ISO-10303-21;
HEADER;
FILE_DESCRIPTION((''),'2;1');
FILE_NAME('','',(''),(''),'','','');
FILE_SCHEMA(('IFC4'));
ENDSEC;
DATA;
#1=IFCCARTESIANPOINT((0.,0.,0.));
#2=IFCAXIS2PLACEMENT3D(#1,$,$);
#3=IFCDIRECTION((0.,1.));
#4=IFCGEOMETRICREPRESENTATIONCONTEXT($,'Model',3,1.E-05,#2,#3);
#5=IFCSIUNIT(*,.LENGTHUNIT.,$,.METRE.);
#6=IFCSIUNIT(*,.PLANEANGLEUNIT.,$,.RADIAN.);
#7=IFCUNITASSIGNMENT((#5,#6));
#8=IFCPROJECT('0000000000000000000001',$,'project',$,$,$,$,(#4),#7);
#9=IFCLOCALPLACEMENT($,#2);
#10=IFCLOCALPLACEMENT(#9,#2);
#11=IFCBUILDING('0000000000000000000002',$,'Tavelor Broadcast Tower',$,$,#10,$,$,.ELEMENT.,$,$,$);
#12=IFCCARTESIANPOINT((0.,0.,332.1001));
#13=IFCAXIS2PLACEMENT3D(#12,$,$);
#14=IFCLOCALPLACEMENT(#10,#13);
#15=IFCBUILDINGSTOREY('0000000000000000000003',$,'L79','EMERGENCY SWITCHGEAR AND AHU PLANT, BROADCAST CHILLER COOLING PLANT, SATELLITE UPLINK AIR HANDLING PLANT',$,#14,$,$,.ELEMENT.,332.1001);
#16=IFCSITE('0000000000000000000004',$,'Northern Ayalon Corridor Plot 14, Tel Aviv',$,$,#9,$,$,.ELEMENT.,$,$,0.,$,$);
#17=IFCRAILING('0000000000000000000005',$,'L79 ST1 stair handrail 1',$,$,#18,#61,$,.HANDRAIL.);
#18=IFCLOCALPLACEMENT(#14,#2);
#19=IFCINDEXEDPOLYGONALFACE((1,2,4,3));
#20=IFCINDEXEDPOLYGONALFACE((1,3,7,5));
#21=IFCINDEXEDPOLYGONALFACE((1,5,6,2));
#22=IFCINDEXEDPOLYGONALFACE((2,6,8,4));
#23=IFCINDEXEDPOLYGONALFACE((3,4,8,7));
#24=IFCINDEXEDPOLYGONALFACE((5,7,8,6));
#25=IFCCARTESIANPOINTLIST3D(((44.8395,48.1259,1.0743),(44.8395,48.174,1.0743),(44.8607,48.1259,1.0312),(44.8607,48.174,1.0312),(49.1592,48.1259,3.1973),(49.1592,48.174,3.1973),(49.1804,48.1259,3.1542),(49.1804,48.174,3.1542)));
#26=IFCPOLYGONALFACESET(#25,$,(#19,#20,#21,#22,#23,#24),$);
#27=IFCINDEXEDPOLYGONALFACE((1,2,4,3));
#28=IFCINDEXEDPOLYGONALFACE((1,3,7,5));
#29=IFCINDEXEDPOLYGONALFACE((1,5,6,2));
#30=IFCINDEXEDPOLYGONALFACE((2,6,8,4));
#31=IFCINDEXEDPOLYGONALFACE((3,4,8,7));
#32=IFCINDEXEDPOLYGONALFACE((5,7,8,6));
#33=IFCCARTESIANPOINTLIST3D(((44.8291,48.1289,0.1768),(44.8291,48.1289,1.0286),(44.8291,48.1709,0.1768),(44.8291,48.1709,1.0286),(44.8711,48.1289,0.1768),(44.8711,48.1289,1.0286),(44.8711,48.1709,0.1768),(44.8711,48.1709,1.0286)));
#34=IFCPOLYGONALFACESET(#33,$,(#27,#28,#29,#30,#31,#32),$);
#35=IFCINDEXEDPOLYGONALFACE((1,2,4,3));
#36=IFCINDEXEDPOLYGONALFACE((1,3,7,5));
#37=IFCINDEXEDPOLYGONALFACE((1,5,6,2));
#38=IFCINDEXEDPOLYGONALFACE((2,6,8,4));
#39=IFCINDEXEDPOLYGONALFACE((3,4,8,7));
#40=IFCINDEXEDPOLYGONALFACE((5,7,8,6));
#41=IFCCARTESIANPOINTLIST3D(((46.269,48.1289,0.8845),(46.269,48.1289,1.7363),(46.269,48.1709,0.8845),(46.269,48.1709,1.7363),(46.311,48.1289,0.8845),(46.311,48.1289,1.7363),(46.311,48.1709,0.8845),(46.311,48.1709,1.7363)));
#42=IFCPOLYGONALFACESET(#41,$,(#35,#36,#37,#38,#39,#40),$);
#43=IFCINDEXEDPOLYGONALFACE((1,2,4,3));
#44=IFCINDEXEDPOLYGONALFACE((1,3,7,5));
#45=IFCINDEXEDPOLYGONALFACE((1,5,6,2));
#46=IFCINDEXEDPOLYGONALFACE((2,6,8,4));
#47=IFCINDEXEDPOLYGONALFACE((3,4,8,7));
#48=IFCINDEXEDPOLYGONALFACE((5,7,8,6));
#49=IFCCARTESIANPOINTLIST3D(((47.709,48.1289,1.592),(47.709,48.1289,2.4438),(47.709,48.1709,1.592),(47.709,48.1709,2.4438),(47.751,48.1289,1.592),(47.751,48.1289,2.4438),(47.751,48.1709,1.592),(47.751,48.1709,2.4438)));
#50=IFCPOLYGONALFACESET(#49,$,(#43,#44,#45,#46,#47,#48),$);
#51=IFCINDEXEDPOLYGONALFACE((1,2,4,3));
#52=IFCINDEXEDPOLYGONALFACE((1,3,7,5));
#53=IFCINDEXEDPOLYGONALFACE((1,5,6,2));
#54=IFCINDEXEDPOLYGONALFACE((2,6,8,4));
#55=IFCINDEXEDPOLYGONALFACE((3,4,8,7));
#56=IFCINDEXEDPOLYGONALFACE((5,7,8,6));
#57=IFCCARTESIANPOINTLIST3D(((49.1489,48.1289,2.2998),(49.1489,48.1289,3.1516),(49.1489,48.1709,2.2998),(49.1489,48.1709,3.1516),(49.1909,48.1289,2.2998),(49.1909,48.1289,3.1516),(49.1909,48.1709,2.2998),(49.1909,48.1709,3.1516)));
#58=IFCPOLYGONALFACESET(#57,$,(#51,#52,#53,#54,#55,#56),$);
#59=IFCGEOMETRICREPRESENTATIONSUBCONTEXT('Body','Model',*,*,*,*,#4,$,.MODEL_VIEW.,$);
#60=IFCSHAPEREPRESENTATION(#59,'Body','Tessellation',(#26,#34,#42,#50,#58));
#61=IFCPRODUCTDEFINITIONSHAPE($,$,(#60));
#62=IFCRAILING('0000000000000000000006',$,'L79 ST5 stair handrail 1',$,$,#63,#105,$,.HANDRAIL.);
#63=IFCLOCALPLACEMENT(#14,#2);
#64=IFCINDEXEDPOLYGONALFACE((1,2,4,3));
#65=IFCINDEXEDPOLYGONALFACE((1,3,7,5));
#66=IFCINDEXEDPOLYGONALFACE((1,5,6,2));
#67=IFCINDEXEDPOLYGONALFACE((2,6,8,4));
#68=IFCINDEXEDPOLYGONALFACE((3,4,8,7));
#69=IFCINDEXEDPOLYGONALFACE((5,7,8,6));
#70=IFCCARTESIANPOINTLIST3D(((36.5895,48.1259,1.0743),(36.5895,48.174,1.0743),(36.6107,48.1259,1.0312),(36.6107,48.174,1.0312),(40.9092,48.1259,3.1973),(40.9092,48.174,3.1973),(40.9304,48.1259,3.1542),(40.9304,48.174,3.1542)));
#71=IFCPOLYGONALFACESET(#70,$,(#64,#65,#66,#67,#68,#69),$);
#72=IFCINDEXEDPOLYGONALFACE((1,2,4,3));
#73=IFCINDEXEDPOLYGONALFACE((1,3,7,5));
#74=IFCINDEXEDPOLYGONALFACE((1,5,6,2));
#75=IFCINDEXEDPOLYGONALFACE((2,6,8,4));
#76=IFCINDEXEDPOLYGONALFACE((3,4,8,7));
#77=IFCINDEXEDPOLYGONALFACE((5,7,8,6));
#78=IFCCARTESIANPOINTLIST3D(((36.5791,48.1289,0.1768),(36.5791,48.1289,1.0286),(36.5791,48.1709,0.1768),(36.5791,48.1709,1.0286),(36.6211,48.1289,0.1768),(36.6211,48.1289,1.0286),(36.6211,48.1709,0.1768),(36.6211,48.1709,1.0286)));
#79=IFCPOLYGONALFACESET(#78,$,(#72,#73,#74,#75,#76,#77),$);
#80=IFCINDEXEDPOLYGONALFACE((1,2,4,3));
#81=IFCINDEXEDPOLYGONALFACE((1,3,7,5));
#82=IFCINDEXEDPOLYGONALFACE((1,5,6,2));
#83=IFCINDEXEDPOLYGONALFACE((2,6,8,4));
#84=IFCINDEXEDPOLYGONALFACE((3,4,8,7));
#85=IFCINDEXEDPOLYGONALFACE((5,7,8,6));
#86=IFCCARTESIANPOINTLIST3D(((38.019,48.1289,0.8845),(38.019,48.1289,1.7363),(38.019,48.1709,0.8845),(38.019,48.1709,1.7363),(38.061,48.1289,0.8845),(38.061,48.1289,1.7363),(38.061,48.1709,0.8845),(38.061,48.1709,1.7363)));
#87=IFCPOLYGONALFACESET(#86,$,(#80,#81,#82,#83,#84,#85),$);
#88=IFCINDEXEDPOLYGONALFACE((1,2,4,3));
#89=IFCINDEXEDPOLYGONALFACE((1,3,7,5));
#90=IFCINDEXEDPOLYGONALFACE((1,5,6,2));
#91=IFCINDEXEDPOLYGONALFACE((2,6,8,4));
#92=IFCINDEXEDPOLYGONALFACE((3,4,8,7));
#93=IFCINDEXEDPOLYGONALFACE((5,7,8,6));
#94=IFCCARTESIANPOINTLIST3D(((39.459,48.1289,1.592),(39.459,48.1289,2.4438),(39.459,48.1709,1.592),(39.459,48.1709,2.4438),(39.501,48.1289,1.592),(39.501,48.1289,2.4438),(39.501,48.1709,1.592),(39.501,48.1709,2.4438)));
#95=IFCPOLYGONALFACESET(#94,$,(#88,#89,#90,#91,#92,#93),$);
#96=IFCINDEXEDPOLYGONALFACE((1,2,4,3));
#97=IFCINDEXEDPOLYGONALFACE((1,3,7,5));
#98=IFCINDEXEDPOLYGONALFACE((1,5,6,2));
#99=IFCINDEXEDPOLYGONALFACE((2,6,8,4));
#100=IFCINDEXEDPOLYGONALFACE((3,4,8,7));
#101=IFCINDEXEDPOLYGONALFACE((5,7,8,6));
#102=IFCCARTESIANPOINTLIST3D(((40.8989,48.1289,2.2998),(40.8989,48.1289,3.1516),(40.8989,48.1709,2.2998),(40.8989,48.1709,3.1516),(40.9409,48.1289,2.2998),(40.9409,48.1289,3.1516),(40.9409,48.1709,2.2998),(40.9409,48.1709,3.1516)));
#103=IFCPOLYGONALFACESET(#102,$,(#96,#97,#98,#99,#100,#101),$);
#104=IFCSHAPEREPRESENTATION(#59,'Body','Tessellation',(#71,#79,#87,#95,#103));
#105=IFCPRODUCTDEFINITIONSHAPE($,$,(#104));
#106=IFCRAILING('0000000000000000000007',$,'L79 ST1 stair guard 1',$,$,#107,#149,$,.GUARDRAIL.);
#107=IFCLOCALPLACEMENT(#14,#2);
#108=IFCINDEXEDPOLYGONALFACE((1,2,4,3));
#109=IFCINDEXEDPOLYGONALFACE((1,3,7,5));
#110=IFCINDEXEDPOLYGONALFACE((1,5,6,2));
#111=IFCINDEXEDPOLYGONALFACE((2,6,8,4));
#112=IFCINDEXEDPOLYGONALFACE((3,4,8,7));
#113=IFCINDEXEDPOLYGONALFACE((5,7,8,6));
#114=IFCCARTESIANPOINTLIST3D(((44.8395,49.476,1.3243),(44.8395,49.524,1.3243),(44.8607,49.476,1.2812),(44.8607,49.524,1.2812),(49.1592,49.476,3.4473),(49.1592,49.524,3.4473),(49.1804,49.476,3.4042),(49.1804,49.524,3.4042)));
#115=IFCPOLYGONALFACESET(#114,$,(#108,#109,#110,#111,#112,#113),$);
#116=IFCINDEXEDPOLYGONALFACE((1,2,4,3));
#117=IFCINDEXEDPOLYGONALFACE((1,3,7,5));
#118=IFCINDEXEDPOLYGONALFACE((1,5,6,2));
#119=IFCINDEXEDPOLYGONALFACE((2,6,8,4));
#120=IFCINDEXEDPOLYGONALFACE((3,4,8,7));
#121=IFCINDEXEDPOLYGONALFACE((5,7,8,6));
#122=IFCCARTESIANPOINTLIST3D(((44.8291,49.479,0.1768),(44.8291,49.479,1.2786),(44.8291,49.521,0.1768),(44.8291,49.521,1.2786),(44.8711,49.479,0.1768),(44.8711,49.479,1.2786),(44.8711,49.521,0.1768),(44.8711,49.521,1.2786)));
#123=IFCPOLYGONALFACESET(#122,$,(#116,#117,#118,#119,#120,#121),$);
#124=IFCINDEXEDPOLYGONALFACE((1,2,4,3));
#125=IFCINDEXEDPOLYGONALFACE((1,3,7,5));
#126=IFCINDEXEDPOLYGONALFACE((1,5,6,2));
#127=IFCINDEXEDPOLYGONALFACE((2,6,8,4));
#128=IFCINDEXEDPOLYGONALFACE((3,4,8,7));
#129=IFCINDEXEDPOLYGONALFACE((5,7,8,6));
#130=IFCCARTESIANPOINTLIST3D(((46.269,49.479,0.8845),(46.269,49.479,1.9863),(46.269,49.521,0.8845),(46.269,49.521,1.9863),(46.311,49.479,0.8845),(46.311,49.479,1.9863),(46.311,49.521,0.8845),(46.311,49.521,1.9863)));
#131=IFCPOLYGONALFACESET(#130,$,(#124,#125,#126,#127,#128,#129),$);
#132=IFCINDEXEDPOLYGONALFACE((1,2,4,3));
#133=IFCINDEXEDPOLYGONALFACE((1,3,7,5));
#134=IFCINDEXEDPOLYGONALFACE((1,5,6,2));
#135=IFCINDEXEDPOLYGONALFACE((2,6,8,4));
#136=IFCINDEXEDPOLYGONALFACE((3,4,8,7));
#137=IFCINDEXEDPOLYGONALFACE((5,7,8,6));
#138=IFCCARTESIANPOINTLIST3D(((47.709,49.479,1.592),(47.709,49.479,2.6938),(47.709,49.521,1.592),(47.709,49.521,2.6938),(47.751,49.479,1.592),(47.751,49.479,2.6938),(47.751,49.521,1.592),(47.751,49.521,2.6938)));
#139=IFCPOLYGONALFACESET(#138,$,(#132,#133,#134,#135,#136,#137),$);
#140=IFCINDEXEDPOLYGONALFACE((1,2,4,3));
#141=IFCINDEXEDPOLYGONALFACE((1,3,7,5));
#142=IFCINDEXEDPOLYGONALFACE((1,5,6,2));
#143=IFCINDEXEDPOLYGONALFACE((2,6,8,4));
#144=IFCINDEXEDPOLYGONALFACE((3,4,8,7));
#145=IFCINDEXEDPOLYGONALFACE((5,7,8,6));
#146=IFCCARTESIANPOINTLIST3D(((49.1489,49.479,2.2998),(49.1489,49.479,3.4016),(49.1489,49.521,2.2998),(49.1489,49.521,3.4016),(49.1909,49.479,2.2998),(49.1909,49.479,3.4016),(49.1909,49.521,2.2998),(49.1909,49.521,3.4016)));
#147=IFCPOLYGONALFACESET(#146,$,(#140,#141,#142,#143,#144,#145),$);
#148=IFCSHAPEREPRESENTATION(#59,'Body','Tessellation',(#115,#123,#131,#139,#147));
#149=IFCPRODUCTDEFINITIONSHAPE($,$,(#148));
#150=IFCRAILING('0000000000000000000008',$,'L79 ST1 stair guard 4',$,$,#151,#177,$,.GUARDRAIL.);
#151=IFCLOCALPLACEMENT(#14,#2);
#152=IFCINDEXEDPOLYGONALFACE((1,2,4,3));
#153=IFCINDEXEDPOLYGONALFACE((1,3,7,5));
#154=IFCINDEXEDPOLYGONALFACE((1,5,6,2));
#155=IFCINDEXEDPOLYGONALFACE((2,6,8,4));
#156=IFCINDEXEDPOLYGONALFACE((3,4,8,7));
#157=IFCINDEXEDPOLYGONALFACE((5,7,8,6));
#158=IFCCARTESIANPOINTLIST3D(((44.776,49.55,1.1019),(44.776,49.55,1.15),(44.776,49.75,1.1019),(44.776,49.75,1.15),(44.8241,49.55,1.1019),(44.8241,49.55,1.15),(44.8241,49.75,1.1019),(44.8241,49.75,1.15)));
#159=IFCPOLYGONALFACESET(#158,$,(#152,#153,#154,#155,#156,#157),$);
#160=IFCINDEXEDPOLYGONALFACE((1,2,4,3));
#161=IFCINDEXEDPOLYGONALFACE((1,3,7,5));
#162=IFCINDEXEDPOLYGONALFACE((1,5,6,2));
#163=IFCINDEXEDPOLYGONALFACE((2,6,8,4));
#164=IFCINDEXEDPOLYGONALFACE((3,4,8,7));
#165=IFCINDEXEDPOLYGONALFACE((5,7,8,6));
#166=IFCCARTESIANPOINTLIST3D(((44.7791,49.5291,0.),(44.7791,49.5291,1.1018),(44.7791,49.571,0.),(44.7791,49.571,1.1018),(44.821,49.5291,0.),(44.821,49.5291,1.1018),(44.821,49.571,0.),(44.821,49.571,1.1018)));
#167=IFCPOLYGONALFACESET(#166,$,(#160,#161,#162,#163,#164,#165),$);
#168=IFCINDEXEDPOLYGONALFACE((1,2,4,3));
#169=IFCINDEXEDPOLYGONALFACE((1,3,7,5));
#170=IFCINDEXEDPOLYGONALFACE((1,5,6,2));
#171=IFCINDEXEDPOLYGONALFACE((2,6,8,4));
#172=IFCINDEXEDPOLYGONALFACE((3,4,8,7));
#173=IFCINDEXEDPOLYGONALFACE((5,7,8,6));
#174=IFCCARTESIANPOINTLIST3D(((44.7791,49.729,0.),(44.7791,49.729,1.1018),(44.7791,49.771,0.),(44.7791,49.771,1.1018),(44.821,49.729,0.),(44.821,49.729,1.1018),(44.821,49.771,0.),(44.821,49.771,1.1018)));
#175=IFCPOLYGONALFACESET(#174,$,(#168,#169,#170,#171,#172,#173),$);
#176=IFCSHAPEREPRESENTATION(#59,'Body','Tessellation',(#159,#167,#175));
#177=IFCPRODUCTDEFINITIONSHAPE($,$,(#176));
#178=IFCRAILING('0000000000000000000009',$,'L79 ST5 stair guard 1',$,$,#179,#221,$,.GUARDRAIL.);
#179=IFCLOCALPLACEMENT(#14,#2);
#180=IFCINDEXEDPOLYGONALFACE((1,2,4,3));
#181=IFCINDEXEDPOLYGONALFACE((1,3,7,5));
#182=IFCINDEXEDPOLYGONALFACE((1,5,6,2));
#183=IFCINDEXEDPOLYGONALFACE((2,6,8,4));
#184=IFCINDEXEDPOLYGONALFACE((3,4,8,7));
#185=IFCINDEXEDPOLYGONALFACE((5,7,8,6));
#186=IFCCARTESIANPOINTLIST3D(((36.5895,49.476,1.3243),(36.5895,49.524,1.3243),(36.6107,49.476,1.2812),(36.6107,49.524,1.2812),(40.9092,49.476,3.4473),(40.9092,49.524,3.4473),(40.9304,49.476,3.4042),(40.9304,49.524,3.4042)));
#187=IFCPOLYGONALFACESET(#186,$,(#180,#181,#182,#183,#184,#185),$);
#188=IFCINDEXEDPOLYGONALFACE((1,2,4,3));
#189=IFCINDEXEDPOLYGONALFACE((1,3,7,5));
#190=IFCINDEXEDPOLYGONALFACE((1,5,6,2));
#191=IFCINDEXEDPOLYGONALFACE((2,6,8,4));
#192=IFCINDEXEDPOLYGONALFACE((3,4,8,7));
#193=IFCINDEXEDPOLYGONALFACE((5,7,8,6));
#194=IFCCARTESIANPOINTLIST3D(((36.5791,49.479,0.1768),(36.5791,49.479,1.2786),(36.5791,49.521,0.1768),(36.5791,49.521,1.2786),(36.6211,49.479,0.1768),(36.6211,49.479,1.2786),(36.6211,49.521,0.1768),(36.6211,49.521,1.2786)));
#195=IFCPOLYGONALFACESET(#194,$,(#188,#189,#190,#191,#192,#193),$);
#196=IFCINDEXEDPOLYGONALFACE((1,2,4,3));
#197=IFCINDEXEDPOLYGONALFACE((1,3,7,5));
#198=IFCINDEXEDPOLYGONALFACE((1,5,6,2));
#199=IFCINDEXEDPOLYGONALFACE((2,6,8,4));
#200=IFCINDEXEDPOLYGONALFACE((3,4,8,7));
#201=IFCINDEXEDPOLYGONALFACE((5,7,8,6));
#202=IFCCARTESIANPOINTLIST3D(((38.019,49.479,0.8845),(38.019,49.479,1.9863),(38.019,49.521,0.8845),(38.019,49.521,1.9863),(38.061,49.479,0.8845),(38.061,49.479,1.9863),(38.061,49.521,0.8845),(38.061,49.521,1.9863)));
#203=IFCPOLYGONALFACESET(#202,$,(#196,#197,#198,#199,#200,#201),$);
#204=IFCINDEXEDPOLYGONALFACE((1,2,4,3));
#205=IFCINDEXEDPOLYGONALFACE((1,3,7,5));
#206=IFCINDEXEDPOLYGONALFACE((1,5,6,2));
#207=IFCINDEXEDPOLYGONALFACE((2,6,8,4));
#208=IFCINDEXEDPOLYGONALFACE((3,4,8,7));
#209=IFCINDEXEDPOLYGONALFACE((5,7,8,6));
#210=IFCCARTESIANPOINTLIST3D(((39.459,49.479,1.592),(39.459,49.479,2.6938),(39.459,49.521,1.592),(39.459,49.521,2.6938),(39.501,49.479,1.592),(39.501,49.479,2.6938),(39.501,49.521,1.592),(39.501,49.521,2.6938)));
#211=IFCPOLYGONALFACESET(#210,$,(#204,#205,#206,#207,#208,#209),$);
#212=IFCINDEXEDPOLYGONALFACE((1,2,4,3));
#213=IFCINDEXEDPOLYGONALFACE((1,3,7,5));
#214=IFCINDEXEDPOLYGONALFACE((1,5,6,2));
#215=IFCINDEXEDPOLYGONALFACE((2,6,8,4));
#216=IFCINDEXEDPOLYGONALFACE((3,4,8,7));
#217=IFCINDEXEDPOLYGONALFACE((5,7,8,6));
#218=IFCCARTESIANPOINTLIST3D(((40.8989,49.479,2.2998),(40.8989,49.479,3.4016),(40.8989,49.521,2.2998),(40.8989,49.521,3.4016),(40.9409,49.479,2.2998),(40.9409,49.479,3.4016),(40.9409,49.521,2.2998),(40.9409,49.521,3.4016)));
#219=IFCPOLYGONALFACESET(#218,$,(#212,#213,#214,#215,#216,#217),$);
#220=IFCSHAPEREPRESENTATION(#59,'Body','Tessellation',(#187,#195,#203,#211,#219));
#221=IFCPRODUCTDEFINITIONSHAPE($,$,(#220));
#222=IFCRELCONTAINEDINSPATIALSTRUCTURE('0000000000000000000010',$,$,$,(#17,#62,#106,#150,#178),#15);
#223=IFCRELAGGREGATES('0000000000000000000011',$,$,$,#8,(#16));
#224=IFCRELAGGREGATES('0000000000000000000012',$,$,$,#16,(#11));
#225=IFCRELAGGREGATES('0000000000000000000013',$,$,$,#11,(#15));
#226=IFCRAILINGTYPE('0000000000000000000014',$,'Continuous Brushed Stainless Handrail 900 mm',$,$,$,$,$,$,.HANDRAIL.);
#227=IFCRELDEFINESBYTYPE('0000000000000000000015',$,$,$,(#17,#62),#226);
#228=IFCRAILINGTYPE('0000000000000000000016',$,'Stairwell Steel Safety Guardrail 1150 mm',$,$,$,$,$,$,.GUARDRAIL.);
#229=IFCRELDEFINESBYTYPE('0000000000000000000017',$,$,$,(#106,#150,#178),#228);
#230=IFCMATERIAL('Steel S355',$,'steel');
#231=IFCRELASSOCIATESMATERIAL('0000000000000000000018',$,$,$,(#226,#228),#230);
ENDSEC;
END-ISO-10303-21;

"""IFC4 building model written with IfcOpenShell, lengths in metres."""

from ifc_helpers import new_model, si_unit, direction, frame, origin, origin_2d, place, context, subcontext, project, spatial, rectangle, extrude, material, type_object, element, save


model = new_model("IFC4")

# Units and contexts
model_context = context("Model", 3, precision=1e-05, world=origin(), true_north=direction((0.0, 1.0)))
body_context = subcontext(model_context, "Body", "Model", "MODEL_VIEW")
ifc_project = project(units=[si_unit("LENGTHUNIT", "METRE"), si_unit("PLANEANGLEUNIT", "RADIAN")], contexts=[model_context])

# Site, building, storey
site_placement = place(None, origin())
site = spatial("IfcSite", under=ifc_project, at=site_placement, Name="Northern Ayalon Corridor Plot 14, Tel Aviv", CompositionType="ELEMENT", RefElevation=0.0)
building_placement = place(site_placement, origin())
building = spatial("IfcBuilding", under=site, at=building_placement, Name="Tavelor Broadcast Tower", CompositionType="ELEMENT")
storey_placement = place(building_placement, frame((0.0, 0.0, 332.1001)))
storey = spatial("IfcBuildingStorey", under=building, at=storey_placement, Name="L79", Description="EMERGENCY SWITCHGEAR AND AHU PLANT, BROADCAST CHILLER COOLING PLANT, SATELLITE UPLINK AIR HANDLING PLANT", CompositionType="ELEMENT", Elevation=332.1001)

# Shared definitions
ifc_material_1 = material(Name="Steel S355", Category="steel")

# Railings
railing_type_1 = type_object("IfcRailingType", Name="Continuous Brushed Stainless Handrail 900 mm", PredefinedType="HANDRAIL", material=ifc_material_1)
for number, where, name in (
    (1, (44.8501, 48.1499, 0.1768), "L79 ST1 stair handrail 1"),
    (2, (36.6001, 48.1499, 0.1768), "L79 ST5 stair handrail 1"),
):
    element("IfcRailing", number, at=place(storey_placement, frame(where)), inside=storey, type_object=railing_type_1, Name=name, PredefinedType="HANDRAIL", context=body_context, shape_type="SweptSolid", body=[
        extrude(rectangle(XDim=0.0481, YDim=0.0481, at=origin_2d()), frame((0.0, 0.0, 0.876), z_axis=(0.89747, 0.0, 0.441076), x_axis=(0.0, 1.0, 0.0)), (0.0, 0.0, 1.0), 4.8132),
        extrude(rectangle(XDim=0.042, YDim=0.042, at=origin_2d()), origin(), (0.0, 0.0, 1.0), 0.8518),
        extrude(rectangle(XDim=0.042, YDim=0.042, at=origin_2d()), frame((1.4399, 0.0, 0.7078)), (0.0, 0.0, 1.0), 0.8518),
        extrude(rectangle(XDim=0.042, YDim=0.042, at=origin_2d()), frame((2.8799, 0.0, 1.4153)), (0.0, 0.0, 1.0), 0.8518),
        extrude(rectangle(XDim=0.042, YDim=0.042, at=origin_2d()), frame((4.3198, 0.0, 2.123)), (0.0, 0.0, 1.0), 0.8518),
    ])
railing_type_2 = type_object("IfcRailingType", Name="Stairwell Steel Safety Guardrail 1150 mm", PredefinedType="GUARDRAIL", material=ifc_material_1)
railing_1_placement = place(storey_placement, frame((44.8501, 49.5, 0.1768)))
element("IfcRailing", 3, at=railing_1_placement, inside=storey, type_object=railing_type_2, Name="L79 ST1 stair guard 1", PredefinedType="GUARDRAIL", context=body_context, shape_type="SweptSolid", body=[
    extrude(rectangle(XDim=0.0481, YDim=0.0481, at=origin_2d()), frame((0.0, 0.0, 1.126), z_axis=(0.89747, 0.0, 0.441076), x_axis=(0.0, 1.0, 0.0)), (0.0, 0.0, 1.0), 4.8132),
    extrude(rectangle(XDim=0.042, YDim=0.042, at=origin_2d()), origin(), (0.0, 0.0, 1.0), 1.1018),
    extrude(rectangle(XDim=0.042, YDim=0.042, at=origin_2d()), frame((1.4399, 0.0, 0.7078)), (0.0, 0.0, 1.0), 1.1018),
    extrude(rectangle(XDim=0.042, YDim=0.042, at=origin_2d()), frame((2.8799, 0.0, 1.4153)), (0.0, 0.0, 1.0), 1.1018),
    extrude(rectangle(XDim=0.042, YDim=0.042, at=origin_2d()), frame((4.3198, 0.0, 2.123)), (0.0, 0.0, 1.0), 1.1018),
])
railing_2_placement = place(storey_placement, frame((44.8, 49.55, 0.0)))
element("IfcRailing", 4, at=railing_2_placement, inside=storey, type_object=railing_type_2, Name="L79 ST1 stair guard 4", PredefinedType="GUARDRAIL", context=body_context, shape_type="SweptSolid", body=[
    extrude(rectangle(XDim=0.0481, YDim=0.0481, at=origin_2d()), frame((0.0, 0.0, 1.126), z_axis=(0.0, 1.0, 0.0), x_axis=(-1.0, 0.0, 0.0)), (0.0, 0.0, 1.0), 0.2),
    extrude(rectangle(XDim=0.042, YDim=0.042, at=origin_2d()), origin(), (0.0, 0.0, 1.0), 1.1018),
    extrude(rectangle(XDim=0.042, YDim=0.042, at=origin_2d()), frame((0.0, 0.2, 0.0)), (0.0, 0.0, 1.0), 1.1018),
])
railing_3_placement = place(storey_placement, frame((36.6001, 49.5, 0.1768)))
element("IfcRailing", 5, at=railing_3_placement, inside=storey, type_object=railing_type_2, Name="L79 ST5 stair guard 1", PredefinedType="GUARDRAIL", context=body_context, shape_type="SweptSolid", body=[
    extrude(rectangle(XDim=0.0481, YDim=0.0481, at=origin_2d()), frame((0.0, 0.0, 1.126), z_axis=(0.89747, 0.0, 0.441076), x_axis=(0.0, 1.0, 0.0)), (0.0, 0.0, 1.0), 4.8132),
    extrude(rectangle(XDim=0.042, YDim=0.042, at=origin_2d()), origin(), (0.0, 0.0, 1.0), 1.1018),
    extrude(rectangle(XDim=0.042, YDim=0.042, at=origin_2d()), frame((1.4399, 0.0, 0.7078)), (0.0, 0.0, 1.0), 1.1018),
    extrude(rectangle(XDim=0.042, YDim=0.042, at=origin_2d()), frame((2.8799, 0.0, 1.4153)), (0.0, 0.0, 1.0), 1.1018),
    extrude(rectangle(XDim=0.042, YDim=0.042, at=origin_2d()), frame((4.3198, 0.0, 2.123)), (0.0, 0.0, 1.0), 1.1018),
])

save(model, "model.ifc")
